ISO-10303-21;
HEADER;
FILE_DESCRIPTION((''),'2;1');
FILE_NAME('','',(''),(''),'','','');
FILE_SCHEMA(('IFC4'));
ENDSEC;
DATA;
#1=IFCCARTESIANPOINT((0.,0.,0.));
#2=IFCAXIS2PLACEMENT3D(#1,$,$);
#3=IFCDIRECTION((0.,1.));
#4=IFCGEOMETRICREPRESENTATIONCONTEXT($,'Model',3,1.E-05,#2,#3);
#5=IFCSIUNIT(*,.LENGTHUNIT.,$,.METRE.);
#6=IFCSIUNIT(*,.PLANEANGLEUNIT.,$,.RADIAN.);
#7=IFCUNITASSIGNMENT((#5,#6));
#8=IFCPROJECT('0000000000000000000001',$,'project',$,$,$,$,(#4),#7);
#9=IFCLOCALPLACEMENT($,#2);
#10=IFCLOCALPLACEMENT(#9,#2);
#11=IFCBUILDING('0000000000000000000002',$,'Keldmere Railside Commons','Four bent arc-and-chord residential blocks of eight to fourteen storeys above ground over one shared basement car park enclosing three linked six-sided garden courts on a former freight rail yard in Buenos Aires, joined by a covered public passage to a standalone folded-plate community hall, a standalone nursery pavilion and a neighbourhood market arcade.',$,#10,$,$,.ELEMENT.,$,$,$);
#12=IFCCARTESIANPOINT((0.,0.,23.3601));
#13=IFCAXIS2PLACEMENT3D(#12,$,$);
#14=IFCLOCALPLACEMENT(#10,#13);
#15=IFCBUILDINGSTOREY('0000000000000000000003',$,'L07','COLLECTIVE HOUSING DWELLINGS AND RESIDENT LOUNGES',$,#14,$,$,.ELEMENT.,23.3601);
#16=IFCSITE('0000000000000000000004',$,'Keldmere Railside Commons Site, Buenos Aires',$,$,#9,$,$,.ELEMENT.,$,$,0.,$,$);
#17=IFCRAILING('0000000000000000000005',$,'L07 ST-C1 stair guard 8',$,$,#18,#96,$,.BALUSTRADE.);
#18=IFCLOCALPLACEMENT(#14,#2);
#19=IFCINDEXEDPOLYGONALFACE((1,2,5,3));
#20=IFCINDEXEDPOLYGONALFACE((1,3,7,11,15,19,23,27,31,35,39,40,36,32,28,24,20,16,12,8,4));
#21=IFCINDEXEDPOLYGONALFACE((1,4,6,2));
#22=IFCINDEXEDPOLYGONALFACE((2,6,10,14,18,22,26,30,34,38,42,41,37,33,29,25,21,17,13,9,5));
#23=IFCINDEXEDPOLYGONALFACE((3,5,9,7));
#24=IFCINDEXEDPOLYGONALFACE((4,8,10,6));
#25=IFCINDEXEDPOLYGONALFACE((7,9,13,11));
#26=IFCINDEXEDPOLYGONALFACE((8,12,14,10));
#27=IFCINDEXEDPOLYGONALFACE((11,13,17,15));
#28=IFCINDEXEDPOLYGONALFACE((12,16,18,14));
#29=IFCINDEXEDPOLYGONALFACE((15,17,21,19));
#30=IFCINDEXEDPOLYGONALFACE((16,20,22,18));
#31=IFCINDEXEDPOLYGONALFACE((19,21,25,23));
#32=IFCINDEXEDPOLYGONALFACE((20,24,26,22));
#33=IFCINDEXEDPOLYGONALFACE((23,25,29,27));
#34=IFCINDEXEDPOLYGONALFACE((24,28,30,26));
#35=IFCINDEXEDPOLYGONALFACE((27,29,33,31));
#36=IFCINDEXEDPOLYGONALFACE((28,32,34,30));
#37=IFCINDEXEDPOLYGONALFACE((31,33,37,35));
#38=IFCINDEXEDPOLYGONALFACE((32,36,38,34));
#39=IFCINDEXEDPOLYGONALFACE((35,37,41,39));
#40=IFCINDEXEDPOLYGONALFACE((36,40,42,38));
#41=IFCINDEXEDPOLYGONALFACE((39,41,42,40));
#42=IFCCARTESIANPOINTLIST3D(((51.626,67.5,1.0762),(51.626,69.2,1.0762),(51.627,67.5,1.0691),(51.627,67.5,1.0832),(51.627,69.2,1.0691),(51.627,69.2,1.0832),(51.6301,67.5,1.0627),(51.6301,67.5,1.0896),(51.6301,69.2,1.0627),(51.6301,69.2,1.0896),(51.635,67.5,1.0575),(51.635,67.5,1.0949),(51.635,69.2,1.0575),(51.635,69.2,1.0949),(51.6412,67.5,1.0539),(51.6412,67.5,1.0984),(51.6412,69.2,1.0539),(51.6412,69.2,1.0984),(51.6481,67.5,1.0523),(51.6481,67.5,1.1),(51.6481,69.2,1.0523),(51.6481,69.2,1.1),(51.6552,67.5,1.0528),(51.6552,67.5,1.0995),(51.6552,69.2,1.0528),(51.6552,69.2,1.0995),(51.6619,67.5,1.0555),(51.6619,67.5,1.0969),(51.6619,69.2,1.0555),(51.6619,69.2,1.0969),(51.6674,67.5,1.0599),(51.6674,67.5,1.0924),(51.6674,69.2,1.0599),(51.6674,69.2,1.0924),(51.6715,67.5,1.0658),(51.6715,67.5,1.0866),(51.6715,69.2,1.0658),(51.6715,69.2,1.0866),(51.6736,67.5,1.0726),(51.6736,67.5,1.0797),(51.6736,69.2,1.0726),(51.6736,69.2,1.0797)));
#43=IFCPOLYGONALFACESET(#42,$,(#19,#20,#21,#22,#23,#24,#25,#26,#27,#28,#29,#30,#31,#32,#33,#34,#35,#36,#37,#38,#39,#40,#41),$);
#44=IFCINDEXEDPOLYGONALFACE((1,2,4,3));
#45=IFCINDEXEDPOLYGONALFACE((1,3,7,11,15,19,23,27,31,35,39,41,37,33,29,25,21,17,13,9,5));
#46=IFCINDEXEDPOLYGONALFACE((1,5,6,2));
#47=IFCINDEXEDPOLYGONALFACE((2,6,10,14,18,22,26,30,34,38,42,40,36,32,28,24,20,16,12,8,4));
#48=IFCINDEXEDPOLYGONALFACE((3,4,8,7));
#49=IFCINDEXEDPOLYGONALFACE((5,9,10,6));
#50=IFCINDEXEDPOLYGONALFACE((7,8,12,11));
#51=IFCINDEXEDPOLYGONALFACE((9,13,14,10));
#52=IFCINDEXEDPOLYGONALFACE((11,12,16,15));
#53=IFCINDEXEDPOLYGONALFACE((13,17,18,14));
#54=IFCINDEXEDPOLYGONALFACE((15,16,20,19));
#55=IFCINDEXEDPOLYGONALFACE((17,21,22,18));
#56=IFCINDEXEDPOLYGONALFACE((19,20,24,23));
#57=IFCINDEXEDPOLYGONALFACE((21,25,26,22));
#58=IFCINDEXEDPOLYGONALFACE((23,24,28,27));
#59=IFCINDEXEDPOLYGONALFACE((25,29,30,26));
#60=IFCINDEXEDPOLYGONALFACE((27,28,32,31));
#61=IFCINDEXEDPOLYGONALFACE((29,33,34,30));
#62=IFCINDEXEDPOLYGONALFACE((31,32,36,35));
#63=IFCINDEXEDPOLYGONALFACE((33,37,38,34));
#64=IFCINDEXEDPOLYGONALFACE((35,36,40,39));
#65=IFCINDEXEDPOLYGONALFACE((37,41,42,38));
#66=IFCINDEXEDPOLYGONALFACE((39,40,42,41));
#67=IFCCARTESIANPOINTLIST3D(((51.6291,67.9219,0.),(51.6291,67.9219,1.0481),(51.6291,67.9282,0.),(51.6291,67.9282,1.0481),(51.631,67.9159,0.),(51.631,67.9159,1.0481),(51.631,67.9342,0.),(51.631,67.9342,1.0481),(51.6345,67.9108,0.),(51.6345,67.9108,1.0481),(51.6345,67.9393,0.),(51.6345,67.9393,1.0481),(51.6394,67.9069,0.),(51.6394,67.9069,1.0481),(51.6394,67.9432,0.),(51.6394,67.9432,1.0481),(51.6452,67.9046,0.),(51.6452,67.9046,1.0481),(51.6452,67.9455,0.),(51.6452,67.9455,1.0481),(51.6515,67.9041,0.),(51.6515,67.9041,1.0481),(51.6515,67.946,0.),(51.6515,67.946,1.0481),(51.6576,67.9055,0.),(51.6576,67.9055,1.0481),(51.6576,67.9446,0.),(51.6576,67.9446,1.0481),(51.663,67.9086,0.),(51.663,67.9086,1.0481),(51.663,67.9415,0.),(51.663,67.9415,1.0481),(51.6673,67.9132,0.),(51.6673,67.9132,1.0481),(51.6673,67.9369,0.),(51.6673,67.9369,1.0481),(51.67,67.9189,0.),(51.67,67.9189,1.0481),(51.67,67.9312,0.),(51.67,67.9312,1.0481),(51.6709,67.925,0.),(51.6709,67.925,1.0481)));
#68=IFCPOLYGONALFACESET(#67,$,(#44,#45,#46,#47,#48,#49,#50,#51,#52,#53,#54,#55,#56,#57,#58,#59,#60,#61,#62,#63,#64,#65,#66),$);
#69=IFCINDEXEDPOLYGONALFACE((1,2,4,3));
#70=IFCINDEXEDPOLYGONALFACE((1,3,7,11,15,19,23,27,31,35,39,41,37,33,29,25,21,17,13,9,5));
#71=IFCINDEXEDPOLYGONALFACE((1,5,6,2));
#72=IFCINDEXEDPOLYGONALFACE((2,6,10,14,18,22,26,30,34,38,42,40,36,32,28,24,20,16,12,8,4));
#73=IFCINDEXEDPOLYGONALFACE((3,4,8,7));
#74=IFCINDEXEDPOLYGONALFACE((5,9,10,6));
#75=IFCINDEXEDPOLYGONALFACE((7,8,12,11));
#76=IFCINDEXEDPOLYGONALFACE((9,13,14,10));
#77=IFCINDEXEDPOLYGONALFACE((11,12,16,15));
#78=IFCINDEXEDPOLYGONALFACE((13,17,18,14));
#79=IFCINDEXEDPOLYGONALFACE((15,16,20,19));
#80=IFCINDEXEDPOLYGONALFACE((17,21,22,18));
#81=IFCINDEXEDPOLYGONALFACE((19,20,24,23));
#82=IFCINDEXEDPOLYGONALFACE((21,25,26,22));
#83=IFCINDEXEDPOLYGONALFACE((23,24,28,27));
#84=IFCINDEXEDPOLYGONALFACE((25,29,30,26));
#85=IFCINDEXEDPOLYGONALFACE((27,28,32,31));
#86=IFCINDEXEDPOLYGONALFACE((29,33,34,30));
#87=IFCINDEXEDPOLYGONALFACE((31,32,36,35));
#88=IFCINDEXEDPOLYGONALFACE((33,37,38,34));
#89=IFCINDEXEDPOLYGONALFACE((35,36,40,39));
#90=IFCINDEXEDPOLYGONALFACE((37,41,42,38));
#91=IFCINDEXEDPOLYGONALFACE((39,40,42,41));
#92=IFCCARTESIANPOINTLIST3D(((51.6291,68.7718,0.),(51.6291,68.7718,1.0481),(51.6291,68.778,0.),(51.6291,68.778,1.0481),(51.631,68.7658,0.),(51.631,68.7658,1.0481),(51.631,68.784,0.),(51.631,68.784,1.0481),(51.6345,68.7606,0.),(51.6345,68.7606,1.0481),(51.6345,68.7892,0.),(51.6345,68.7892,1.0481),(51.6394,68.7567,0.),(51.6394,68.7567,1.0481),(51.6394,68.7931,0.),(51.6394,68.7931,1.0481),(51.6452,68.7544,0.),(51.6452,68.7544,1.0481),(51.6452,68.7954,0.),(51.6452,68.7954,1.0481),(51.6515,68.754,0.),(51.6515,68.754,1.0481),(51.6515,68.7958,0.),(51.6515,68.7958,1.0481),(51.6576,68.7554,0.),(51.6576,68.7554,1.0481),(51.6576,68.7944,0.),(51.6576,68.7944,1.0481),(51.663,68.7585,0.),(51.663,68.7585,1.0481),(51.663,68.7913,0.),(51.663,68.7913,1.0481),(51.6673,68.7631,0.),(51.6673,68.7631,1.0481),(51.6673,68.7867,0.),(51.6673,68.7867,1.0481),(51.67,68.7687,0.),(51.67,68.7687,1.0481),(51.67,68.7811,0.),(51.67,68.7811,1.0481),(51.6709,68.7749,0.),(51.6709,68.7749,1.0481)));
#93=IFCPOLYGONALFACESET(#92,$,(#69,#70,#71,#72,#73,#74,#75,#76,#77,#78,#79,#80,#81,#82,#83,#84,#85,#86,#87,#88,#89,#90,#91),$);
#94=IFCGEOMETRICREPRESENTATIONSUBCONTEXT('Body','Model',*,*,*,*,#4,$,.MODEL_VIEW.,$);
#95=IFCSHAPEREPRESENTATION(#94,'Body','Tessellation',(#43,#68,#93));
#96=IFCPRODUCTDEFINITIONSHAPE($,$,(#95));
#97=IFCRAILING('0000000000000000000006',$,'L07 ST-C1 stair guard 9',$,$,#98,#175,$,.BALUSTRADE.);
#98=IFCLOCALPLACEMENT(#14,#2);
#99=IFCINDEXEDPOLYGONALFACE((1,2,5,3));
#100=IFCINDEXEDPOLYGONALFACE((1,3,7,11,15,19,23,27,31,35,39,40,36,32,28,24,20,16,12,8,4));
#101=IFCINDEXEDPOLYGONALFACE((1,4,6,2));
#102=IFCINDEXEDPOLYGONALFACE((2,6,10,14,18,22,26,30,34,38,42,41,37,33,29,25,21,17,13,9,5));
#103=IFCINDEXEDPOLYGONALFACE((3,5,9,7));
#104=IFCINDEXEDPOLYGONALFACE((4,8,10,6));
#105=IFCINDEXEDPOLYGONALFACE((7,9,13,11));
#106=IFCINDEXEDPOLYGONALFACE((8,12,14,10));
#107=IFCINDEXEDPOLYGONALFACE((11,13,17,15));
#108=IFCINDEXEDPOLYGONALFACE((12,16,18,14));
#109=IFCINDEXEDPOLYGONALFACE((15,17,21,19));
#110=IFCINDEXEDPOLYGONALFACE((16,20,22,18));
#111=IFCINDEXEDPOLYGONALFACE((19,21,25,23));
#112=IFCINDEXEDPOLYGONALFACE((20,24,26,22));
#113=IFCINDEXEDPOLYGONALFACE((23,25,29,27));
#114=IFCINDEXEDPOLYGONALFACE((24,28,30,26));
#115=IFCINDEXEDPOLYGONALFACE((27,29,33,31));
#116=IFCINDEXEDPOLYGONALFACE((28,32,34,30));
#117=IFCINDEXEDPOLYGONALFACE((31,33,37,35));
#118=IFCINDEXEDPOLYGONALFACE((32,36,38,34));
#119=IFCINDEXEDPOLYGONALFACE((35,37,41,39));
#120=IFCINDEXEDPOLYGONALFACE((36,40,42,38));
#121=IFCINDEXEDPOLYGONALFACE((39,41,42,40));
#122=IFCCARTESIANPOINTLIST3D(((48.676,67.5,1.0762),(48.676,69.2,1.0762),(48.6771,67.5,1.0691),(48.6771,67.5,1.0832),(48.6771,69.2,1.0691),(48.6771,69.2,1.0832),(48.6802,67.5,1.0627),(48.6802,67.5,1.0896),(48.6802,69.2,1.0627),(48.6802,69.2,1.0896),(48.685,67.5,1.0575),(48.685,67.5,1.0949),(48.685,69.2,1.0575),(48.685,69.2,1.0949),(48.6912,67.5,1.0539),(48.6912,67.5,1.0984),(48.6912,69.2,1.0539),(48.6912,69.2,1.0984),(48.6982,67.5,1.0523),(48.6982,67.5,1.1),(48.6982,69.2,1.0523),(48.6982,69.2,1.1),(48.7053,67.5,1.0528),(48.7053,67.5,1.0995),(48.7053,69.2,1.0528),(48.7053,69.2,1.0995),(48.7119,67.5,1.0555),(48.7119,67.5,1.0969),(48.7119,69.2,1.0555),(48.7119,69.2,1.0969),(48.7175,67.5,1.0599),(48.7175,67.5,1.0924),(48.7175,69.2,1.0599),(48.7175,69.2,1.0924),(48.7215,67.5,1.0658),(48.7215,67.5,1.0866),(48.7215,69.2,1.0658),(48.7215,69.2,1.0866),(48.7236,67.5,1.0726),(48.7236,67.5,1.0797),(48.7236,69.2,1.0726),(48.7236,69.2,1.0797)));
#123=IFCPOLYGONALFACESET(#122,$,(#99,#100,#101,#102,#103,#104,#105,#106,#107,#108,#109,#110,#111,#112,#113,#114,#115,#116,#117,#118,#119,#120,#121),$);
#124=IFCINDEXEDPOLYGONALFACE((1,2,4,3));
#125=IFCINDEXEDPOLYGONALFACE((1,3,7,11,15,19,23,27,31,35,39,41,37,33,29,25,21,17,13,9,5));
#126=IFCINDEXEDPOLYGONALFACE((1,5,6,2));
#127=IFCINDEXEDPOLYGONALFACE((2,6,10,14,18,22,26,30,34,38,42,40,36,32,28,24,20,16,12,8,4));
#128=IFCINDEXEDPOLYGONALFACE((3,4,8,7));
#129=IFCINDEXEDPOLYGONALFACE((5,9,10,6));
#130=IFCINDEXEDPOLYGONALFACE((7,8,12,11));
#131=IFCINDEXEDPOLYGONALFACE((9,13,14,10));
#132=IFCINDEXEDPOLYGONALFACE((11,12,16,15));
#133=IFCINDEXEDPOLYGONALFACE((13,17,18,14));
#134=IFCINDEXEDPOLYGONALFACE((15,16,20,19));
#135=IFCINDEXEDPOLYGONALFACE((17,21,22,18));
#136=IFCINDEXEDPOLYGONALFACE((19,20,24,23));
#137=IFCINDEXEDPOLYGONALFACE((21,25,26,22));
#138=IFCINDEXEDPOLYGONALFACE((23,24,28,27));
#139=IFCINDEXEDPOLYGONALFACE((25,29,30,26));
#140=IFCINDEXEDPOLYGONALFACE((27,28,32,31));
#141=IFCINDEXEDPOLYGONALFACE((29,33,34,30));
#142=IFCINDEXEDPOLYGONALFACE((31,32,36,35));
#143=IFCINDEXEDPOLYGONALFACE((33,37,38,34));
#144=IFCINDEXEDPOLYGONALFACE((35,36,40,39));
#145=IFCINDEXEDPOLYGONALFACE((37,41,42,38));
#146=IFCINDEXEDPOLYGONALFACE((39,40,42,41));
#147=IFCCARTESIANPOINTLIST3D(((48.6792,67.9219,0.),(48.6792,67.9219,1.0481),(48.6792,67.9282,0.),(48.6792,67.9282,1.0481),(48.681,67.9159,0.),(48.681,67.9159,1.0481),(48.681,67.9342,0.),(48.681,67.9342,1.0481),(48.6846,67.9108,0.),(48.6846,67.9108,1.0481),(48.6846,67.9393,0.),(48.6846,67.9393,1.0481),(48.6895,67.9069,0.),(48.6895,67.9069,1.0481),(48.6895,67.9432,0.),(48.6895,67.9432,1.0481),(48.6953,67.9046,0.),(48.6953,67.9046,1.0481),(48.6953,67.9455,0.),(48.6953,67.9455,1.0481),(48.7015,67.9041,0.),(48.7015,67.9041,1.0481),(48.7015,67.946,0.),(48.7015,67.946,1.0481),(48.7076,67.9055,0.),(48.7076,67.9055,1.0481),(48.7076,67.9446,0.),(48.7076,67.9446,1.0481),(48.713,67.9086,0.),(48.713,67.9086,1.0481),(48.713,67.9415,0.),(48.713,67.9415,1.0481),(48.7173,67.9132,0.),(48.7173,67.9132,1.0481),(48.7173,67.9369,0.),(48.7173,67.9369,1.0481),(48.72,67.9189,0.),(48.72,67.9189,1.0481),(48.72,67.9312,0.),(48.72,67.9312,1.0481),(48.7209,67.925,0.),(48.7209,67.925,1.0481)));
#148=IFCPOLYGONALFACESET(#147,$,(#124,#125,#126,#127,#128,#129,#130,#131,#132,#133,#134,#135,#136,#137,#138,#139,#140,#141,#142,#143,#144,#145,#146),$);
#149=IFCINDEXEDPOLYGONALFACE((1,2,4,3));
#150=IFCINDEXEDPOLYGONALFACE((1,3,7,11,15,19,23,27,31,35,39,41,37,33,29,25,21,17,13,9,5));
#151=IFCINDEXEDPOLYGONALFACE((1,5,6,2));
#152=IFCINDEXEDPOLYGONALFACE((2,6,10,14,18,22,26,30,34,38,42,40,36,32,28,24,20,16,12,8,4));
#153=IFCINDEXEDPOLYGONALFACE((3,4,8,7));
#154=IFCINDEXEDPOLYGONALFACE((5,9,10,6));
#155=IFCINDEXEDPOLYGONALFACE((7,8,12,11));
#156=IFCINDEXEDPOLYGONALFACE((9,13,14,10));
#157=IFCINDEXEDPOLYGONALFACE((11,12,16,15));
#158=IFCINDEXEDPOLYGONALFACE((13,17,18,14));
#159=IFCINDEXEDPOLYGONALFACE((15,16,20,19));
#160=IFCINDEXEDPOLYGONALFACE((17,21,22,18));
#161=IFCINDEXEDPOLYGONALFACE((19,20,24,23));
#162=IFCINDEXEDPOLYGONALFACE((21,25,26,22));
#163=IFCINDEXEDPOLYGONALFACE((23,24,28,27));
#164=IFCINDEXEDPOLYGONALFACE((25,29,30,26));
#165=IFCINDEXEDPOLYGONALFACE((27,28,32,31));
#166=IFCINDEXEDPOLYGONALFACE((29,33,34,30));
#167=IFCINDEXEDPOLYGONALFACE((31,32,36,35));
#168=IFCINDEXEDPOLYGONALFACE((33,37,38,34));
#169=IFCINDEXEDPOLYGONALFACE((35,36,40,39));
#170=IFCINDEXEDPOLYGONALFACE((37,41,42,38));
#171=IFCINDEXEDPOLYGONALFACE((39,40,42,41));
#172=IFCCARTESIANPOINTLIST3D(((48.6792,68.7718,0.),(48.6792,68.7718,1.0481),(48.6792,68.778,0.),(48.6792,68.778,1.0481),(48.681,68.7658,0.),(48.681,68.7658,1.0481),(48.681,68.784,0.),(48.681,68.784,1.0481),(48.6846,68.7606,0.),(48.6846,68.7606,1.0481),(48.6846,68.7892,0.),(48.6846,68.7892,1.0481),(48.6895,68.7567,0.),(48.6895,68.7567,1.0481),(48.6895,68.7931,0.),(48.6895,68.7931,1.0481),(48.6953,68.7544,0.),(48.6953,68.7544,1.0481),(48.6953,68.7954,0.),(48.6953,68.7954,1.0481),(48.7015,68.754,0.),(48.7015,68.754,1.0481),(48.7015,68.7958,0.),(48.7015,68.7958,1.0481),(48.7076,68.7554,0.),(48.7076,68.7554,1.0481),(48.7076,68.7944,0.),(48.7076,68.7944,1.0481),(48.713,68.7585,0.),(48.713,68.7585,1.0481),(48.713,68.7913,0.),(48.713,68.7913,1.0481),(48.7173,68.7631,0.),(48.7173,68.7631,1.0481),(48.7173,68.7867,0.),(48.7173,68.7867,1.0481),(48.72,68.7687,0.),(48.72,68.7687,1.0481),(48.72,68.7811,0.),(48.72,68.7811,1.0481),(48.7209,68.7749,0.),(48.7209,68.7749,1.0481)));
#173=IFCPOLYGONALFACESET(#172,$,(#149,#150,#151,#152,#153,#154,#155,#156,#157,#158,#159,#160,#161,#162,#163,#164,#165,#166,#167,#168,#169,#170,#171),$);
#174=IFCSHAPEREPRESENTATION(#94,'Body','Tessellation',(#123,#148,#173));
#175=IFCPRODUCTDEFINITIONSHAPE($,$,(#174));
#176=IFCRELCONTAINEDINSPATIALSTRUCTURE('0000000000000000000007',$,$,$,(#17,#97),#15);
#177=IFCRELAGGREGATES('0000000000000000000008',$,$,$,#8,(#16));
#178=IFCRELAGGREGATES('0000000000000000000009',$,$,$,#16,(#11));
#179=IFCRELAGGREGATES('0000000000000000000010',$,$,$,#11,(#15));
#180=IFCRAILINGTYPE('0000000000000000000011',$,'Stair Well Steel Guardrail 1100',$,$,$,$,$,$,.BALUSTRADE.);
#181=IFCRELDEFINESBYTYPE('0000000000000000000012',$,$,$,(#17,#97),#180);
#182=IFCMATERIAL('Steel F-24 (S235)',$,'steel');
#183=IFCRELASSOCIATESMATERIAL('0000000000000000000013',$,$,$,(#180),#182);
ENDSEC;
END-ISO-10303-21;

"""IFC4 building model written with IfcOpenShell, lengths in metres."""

from ifc_helpers import new_model, si_unit, direction, frame, origin, origin_2d, place, context, subcontext, project, spatial, circle, extrude, material, type_object, element, save


model = new_model("IFC4")

# Units and contexts
model_context = context("Model", 3, precision=1e-05, world=origin(), true_north=direction((0.0, 1.0)))
body_context = subcontext(model_context, "Body", "Model", "MODEL_VIEW")
ifc_project = project(units=[si_unit("LENGTHUNIT", "METRE"), si_unit("PLANEANGLEUNIT", "RADIAN")], contexts=[model_context])

# Site, building, storey
site_placement = place(None, origin())
site = spatial("IfcSite", under=ifc_project, at=site_placement, Name="Keldmere Railside Commons Site, Buenos Aires", CompositionType="ELEMENT", RefElevation=0.0)
building_placement = place(site_placement, origin())
building = spatial("IfcBuilding", under=site, at=building_placement, Name="Keldmere Railside Commons", Description="Four bent arc-and-chord residential blocks of eight to fourteen storeys above ground over one shared basement car park enclosing three linked six-sided garden courts on a former freight rail yard in Buenos Aires, joined by a covered public passage to a standalone folded-plate community hall, a standalone nursery pavilion and a neighbourhood market arcade.", CompositionType="ELEMENT")
storey_placement = place(building_placement, frame((0.0, 0.0, 23.3601)))
storey = spatial("IfcBuildingStorey", under=building, at=storey_placement, Name="L07", Description="COLLECTIVE HOUSING DWELLINGS AND RESIDENT LOUNGES", CompositionType="ELEMENT", Elevation=23.3601)

# Shared definitions
ifc_material_1 = material(Name="Steel F-24 (S235)", Category="steel")

# Railings
railing_type_1 = type_object("IfcRailingType", Name="Stair Well Steel Guardrail 1100", PredefinedType="BALUSTRADE", material=ifc_material_1)
for number, where, name in (
    (1, (51.6499, 67.5, 0.0), "L07 ST-C1 stair guard 8"),
    (2, (48.7, 67.5, 0.0), "L07 ST-C1 stair guard 9"),
):
    element("IfcRailing", number, at=place(storey_placement, frame(where)), inside=storey, type_object=railing_type_1, Name=name, PredefinedType="BALUSTRADE", context=body_context, shape_type="SweptSolid", body=[
        extrude(circle(Radius=0.0239, at=origin_2d()), frame((0.0, 0.0, 1.0762), z_axis=(0.0, 1.0, 0.0), x_axis=(-1.0, 0.0, 0.0)), (0.0, 0.0, 1.0), 1.7),
        extrude(circle(Radius=0.021, at=origin_2d()), frame((0.0, 0.425, 0.0)), (0.0, 0.0, 1.0), 1.0481),
        extrude(circle(Radius=0.021, at=origin_2d()), frame((0.0, 1.2749, 0.0)), (0.0, 0.0, 1.0), 1.0481),
    ])

save(model, "model.ifc")
